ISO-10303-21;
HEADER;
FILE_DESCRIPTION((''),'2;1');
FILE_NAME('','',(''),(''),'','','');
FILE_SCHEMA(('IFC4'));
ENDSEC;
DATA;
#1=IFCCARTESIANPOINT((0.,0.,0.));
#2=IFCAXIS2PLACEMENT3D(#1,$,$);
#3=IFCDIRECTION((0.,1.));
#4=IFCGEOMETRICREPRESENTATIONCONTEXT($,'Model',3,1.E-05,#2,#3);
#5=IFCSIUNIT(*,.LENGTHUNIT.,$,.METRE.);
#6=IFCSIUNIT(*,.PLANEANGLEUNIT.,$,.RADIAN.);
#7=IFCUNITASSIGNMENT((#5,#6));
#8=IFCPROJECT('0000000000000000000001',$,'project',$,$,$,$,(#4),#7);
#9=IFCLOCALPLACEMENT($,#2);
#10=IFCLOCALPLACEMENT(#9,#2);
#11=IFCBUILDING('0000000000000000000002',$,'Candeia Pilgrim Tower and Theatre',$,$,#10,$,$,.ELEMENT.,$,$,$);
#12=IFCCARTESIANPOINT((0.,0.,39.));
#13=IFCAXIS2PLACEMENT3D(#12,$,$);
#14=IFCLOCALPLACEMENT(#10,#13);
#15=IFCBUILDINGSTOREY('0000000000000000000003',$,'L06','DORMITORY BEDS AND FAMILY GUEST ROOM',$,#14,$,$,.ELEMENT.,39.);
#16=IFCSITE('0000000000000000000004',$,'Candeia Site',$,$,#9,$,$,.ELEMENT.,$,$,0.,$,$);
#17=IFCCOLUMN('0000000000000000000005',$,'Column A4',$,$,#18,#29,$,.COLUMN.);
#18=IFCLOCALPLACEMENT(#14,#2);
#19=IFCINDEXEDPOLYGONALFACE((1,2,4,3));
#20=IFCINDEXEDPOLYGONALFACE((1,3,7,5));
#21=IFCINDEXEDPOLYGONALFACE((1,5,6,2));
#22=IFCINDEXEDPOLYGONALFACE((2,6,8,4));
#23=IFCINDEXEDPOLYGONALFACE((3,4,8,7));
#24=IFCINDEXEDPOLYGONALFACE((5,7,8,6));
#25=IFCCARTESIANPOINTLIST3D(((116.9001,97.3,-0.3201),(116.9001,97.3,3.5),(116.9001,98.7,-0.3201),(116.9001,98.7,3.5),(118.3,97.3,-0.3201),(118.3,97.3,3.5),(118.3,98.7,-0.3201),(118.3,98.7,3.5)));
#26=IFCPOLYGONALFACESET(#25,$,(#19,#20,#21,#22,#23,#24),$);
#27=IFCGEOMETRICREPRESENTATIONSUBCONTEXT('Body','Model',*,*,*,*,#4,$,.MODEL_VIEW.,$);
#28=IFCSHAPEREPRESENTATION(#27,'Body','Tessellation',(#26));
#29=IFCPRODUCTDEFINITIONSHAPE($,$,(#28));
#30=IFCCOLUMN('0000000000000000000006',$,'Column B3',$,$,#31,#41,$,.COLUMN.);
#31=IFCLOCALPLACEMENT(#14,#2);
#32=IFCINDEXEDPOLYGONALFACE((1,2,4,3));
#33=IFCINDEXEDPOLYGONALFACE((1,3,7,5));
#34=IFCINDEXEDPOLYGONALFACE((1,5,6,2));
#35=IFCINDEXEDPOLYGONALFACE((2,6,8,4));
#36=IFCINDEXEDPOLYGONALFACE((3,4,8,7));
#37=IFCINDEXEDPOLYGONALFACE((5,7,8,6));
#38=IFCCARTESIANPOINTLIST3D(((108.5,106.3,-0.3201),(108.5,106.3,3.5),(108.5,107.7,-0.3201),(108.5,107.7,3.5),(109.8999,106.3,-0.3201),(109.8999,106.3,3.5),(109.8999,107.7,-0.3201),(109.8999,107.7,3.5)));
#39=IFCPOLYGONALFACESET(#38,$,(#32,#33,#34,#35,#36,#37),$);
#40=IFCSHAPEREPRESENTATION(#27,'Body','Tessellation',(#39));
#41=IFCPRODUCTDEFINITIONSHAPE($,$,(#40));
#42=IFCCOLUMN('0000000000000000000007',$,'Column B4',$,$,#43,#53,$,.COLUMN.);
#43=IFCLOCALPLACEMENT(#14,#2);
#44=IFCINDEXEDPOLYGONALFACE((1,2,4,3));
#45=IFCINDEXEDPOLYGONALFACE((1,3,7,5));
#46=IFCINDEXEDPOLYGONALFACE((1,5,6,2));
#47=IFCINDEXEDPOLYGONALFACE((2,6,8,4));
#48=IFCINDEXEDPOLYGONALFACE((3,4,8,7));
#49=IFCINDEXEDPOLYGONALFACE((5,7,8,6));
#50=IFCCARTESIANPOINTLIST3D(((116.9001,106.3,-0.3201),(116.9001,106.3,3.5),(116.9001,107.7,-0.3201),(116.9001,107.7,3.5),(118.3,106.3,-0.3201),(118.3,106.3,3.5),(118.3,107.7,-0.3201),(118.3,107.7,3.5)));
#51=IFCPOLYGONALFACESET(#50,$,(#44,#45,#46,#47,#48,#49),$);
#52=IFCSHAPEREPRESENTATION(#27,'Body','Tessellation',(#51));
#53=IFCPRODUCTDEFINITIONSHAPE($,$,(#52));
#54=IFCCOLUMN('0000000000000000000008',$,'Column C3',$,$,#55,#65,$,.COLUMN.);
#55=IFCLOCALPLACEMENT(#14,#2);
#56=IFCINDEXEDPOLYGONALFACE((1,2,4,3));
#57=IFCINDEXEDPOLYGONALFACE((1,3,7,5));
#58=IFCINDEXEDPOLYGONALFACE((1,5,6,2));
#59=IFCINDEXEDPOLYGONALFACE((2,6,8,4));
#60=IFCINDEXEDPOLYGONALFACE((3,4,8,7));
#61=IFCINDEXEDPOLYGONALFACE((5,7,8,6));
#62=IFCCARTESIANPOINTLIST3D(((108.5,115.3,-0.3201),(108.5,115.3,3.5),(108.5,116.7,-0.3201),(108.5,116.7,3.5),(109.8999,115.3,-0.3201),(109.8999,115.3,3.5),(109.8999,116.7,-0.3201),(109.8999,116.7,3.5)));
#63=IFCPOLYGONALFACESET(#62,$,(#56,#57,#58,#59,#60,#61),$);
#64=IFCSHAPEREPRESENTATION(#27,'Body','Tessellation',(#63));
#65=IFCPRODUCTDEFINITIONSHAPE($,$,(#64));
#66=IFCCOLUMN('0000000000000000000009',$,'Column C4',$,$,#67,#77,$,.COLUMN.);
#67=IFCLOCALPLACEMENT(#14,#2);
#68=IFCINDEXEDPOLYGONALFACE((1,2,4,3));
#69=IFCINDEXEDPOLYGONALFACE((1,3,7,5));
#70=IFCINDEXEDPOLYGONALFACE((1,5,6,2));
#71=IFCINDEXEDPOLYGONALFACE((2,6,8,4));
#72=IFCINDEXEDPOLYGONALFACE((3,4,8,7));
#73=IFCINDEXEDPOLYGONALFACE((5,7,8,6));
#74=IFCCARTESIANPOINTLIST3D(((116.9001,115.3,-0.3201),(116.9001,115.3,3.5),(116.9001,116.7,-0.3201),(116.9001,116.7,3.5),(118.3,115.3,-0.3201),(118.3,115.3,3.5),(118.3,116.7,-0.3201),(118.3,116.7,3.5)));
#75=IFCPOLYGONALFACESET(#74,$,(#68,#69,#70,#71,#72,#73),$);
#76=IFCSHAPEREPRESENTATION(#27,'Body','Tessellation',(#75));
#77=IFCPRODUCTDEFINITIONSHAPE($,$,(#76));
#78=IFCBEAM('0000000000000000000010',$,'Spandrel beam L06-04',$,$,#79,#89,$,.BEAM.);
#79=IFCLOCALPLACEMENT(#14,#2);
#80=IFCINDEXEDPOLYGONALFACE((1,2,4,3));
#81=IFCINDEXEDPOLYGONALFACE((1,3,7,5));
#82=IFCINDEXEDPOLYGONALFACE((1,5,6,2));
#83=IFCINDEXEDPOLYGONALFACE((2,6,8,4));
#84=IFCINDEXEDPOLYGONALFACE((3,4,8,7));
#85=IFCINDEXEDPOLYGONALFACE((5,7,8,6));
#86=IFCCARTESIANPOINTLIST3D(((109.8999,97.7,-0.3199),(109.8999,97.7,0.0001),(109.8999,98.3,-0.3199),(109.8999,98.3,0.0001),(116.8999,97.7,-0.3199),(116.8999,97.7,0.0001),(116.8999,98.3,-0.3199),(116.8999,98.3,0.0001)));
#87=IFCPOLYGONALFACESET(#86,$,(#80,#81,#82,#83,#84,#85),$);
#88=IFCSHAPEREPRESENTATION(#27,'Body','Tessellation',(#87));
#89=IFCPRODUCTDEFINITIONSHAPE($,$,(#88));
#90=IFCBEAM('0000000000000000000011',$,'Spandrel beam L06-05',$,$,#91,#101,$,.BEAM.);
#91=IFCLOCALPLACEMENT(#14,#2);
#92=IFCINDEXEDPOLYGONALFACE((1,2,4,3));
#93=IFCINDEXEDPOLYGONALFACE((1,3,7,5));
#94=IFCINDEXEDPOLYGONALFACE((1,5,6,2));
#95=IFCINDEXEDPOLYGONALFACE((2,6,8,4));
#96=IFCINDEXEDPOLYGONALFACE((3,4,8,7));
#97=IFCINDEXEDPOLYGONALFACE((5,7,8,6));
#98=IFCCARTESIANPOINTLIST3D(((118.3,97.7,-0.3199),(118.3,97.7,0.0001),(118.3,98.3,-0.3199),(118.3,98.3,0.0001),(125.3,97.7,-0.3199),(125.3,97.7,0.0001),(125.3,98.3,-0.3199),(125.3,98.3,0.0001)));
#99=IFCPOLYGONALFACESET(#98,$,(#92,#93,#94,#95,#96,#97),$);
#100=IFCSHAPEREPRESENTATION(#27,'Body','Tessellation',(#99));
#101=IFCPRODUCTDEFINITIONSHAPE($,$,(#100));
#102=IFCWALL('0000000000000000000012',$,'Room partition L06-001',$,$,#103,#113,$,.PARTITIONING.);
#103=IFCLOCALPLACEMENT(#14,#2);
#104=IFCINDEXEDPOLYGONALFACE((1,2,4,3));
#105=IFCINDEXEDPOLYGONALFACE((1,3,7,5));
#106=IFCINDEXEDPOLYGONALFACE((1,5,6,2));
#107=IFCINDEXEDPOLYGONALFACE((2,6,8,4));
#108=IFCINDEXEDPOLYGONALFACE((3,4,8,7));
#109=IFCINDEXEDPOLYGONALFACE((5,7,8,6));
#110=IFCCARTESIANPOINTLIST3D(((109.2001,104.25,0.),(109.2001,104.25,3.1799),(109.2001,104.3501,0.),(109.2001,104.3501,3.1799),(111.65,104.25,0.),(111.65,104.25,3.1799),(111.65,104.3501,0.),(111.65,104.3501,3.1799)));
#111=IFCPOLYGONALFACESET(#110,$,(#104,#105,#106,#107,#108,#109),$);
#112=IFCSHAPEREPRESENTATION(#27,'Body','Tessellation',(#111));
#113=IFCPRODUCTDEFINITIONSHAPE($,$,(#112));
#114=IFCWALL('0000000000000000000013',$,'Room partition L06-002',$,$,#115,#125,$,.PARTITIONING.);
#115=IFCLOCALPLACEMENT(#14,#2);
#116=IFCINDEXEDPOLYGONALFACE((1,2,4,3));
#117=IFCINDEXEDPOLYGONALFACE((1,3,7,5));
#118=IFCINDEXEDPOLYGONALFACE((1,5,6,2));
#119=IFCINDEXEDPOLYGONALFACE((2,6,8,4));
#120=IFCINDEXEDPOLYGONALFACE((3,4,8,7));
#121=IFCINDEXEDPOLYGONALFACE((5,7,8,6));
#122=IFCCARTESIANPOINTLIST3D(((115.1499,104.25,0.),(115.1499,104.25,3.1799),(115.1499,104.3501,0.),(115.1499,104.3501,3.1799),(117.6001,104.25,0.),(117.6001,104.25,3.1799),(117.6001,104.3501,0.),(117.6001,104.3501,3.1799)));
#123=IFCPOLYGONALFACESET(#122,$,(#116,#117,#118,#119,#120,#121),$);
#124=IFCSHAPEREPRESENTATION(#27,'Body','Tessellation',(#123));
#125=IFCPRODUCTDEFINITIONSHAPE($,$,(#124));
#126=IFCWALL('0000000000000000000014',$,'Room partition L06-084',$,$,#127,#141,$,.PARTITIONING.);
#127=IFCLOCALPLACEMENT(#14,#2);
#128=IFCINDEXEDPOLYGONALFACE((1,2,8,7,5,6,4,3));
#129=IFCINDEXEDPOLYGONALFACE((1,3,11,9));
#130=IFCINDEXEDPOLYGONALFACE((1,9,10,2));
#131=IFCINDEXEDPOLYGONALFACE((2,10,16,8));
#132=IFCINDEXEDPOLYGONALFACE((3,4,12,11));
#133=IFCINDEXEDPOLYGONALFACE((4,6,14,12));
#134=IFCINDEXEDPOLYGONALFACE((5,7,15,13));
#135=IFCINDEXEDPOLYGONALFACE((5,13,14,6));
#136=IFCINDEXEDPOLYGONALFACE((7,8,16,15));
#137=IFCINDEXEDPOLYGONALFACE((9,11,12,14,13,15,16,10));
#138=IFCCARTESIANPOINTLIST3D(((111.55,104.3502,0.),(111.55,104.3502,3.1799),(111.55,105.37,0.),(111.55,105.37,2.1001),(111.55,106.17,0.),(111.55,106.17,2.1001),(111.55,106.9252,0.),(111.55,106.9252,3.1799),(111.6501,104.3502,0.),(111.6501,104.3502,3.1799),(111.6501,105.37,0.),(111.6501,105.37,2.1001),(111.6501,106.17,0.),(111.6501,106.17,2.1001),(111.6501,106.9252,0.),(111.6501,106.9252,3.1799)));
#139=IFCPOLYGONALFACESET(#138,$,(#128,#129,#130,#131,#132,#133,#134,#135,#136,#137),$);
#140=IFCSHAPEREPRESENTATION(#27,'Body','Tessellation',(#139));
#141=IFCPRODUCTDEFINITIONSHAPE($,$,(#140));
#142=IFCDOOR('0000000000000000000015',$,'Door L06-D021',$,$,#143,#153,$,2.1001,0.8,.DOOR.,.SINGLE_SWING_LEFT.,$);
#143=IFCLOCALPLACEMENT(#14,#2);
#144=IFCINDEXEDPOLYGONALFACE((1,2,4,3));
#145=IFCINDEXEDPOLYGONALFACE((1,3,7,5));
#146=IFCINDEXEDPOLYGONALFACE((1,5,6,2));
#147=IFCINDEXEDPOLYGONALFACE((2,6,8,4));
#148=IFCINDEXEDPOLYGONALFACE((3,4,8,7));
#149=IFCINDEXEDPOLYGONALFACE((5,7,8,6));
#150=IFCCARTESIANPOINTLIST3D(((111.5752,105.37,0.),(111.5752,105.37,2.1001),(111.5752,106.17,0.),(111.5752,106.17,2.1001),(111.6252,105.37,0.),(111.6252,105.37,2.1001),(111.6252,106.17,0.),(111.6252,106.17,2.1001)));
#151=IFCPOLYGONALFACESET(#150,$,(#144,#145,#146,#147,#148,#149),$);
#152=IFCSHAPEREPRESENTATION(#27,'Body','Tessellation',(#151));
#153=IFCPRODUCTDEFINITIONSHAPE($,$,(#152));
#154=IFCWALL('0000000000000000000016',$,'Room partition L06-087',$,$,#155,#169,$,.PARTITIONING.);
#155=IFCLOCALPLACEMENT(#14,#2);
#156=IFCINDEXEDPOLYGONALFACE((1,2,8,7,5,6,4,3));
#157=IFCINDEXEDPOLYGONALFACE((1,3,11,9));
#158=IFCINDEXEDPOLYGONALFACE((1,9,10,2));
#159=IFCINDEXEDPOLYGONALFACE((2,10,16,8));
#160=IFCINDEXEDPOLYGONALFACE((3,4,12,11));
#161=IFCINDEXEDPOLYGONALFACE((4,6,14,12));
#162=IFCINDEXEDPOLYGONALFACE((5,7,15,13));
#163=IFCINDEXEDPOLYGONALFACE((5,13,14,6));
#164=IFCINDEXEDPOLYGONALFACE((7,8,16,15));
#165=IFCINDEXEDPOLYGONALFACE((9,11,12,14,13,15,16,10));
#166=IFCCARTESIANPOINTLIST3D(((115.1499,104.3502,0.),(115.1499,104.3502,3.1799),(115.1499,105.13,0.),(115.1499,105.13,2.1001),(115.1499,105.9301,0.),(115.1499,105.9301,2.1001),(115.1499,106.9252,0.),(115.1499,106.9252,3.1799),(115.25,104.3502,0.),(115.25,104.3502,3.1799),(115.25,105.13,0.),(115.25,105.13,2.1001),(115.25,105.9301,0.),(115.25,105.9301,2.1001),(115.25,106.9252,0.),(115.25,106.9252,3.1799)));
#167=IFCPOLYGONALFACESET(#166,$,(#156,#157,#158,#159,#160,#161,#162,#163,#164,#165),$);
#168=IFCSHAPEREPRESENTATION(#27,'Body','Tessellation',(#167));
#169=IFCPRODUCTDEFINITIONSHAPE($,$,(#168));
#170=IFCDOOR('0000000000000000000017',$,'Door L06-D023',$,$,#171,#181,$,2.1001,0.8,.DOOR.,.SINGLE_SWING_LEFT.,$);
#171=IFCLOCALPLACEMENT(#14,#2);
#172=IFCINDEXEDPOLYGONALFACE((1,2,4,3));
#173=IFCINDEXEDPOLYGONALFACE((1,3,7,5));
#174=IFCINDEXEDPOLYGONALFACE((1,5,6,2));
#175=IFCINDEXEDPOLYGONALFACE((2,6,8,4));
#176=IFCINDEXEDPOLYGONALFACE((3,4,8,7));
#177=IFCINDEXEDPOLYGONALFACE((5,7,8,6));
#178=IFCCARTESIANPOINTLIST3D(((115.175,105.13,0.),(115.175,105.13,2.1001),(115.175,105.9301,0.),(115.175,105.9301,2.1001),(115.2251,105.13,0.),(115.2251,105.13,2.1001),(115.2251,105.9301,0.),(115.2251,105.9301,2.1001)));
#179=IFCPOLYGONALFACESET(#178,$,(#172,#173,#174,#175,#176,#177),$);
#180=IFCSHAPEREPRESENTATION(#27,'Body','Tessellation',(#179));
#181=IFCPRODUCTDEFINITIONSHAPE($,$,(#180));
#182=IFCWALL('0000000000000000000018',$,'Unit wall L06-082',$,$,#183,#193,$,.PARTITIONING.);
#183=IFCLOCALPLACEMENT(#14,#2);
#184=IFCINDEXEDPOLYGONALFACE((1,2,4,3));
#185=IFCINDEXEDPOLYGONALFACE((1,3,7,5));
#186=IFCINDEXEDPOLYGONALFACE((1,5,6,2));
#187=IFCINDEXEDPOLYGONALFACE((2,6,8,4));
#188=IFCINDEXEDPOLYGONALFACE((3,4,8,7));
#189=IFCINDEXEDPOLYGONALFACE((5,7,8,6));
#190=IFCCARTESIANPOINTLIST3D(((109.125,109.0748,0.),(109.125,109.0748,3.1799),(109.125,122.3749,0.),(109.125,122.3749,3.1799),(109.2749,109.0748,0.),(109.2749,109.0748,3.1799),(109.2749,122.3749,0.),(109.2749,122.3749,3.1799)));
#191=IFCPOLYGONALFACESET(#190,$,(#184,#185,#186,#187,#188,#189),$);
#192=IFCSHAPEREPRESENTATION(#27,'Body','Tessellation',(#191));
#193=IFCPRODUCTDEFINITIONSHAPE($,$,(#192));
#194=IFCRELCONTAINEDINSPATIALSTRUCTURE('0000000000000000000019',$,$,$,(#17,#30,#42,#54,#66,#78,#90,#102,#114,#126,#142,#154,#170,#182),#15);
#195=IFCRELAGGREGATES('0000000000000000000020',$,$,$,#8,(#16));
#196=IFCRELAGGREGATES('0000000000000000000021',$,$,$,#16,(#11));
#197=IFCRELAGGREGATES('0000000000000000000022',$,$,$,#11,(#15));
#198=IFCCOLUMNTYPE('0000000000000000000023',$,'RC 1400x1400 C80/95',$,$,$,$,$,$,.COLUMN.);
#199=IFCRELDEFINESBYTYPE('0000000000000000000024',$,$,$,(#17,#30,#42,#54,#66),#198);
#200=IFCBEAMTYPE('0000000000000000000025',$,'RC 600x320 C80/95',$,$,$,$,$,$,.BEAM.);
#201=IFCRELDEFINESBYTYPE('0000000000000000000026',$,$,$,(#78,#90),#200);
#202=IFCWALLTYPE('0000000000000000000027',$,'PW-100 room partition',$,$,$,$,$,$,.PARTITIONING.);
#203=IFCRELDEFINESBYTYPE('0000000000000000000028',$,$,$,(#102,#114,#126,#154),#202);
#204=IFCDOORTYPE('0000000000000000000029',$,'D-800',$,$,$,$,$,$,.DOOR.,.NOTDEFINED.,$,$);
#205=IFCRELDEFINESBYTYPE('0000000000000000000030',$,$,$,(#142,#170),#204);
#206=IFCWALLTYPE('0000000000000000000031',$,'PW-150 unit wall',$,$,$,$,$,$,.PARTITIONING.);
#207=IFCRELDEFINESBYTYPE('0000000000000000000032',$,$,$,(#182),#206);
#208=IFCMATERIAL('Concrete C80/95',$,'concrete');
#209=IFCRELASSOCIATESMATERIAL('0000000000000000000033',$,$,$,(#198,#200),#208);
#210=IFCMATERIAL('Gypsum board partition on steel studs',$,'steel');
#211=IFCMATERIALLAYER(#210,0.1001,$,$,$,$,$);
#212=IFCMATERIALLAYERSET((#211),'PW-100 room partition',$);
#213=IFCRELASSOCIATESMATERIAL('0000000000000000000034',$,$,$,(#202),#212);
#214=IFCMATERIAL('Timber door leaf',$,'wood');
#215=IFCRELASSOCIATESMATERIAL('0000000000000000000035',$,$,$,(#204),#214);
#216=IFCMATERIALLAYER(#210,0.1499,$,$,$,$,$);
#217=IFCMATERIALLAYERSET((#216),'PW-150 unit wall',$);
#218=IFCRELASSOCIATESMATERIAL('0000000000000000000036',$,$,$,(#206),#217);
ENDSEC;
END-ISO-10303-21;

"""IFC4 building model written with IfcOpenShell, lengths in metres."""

from ifc_helpers import new_model, si_unit, direction, frame, frame_2d, origin, origin_2d, place, context, subcontext, project, spatial, rectangle, extrude, material, layer, layer_set, material_profile, profile_set, type_object, element, fill, save


model = new_model("IFC4")

# Units and contexts
model_context = context("Model", 3, precision=1e-05, world=origin(), true_north=direction((0.0, 1.0)))
body_context = subcontext(model_context, "Body", "Model", "MODEL_VIEW")
ifc_project = project(units=[si_unit("LENGTHUNIT", "METRE"), si_unit("PLANEANGLEUNIT", "RADIAN")], contexts=[model_context])

# Site, building, storey
site_placement = place(None, origin())
site = spatial("IfcSite", under=ifc_project, at=site_placement, Name="Candeia Site", CompositionType="ELEMENT", RefElevation=0.0)
building_placement = place(site_placement, origin())
building = spatial("IfcBuilding", under=site, at=building_placement, Name="Candeia Pilgrim Tower and Theatre", CompositionType="ELEMENT")
storey_placement = place(building_placement, frame((0.0, 0.0, 39.0)))
storey = spatial("IfcBuildingStorey", under=building, at=storey_placement, Name="L06", Description="DORMITORY BEDS AND FAMILY GUEST ROOM", CompositionType="ELEMENT", Elevation=39.0)

# Columns
ifc_material_1 = material(Name="Concrete C80/95", Category="concrete")
ifc_material_profile_1 = material_profile(ifc_material_1, rectangle(XDim=1.3999, YDim=1.3999, at=origin_2d()))
ifc_profile_set_1 = profile_set([ifc_material_profile_1], Name="Concrete C80/95")
column_type = type_object("IfcColumnType", Name="RC 1400x1400 C80/95", PredefinedType="COLUMN", material=ifc_profile_set_1)
for number, where, z_axis, x_axis, name in (
    (1, (117.6001, 98.0, -0.3201), (0.0, 0.0, 1.0), (1.0, 0.0, 0.0), "Column A4"),
    (2, (109.2, 107.0, -0.3201), (0.0, 0.0, 1.0), (1.0, 0.0, 0.0), "Column B3"),
    (3, (117.6001, 107.0, -0.3201), (0.0, 0.0, 1.0), (1.0, 0.0, 0.0), "Column B4"),
    (4, (109.2, 116.0, -0.3201), (0.0, 0.0, 1.0), (1.0, 0.0, 0.0), "Column C3"),
    (5, (117.6001, 116.0, -0.3201), (0.0, 0.0, 1.0), (1.0, 0.0, 0.0), "Column C4"),
):
    element("IfcColumn", number, at=place(storey_placement, frame(where, z_axis=z_axis, x_axis=x_axis)), inside=storey, type_object=column_type, Name=name, PredefinedType="COLUMN", context=body_context, shape_type="SweptSolid", body=[
        extrude(rectangle(XDim=1.3999, YDim=1.3999, at=origin_2d()), origin(), (0.0, 0.0, 1.0), 3.8201),
    ])

# Beams
ifc_material_profile_2 = material_profile(ifc_material_1, rectangle(XDim=0.6001, YDim=0.3201, at=origin_2d()))
ifc_profile_set_2 = profile_set([ifc_material_profile_2], Name="Concrete C80/95")
beam_type = type_object("IfcBeamType", Name="RC 600x320 C80/95", PredefinedType="BEAM", material=ifc_profile_set_2)
for number, where, z_axis, x_axis, name in (
    (6, (109.8999, 98.0, -0.1599), (1.0, 0.0, 0.0), (0.0, 1.0, 0.0), "Spandrel beam L06-04"),
    (7, (118.3, 98.0, -0.1599), (1.0, 0.0, 0.0), (0.0, 1.0, 0.0), "Spandrel beam L06-05"),
):
    element("IfcBeam", number, at=place(storey_placement, frame(where, z_axis=z_axis, x_axis=x_axis)), inside=storey, type_object=beam_type, Name=name, PredefinedType="BEAM", context=body_context, shape_type="SweptSolid", body=[
        extrude(rectangle(XDim=0.6001, YDim=0.3201, at=origin_2d()), origin(), (0.0, 0.0, 1.0), 7.0),
    ])

# Walls
ifc_material_2 = material(Name="Gypsum board partition on steel studs", Category="steel")
ifc_layer_1 = layer(ifc_material_2, 0.1001)
ifc_layer_set_1 = layer_set([ifc_layer_1], Name="PW-100 room partition")
wall_type_1 = type_object("IfcWallType", Name="PW-100 room partition", PredefinedType="PARTITIONING", material=ifc_layer_set_1)
wall_1_placement = place(storey_placement, frame((109.2, 104.3, 0.0), z_axis=(0.0, 0.0, 1.0), x_axis=(1.0, 0.0, 0.0)))
element("IfcWall", 8, at=wall_1_placement, inside=storey, type_object=wall_type_1, Name="Room partition L06-001", PredefinedType="PARTITIONING", context=body_context, shape_type="SweptSolid", body=[
    extrude(rectangle(XDim=2.45, YDim=0.1001, at=frame_2d((1.2251, 0.0))), origin(), (0.0, 0.0, 1.0), 3.1799),
])
wall_2_placement = place(storey_placement, frame((115.1499, 104.3, 0.0), z_axis=(0.0, 0.0, 1.0), x_axis=(1.0, 0.0, 0.0)))
element("IfcWall", 9, at=wall_2_placement, inside=storey, type_object=wall_type_1, Name="Room partition L06-002", PredefinedType="PARTITIONING", context=body_context, shape_type="SweptSolid", body=[
    extrude(rectangle(XDim=2.4502, YDim=0.1001, at=frame_2d((1.2251, 0.0))), origin(), (0.0, 0.0, 1.0), 3.1799),
])

# Walls, openings, doors
wall_3_placement = place(storey_placement, frame((111.6001, 104.3501, 0.0), z_axis=(0.0, 0.0, 1.0), x_axis=(0.0, 1.0, 0.0)))
wall_3 = element("IfcWall", 10, at=wall_3_placement, inside=storey, type_object=wall_type_1, Name="Room partition L06-084", PredefinedType="PARTITIONING", context=body_context, shape_type="SweptSolid", body=[
    extrude(rectangle(XDim=2.575, YDim=0.1001, at=frame_2d((1.2876, 0.0))), origin(), (0.0, 0.0, 1.0), 3.1799),
])
opening_1_placement = place(wall_3_placement, frame((1.02, 0.0, 0.0)))
opening_1 = element("IfcOpeningElement", 11, at=opening_1_placement, cuts=wall_3, PredefinedType="OPENING", context=body_context, shape_type="SweptSolid", body=[
    extrude(rectangle(XDim=0.8, YDim=2.1001, at=frame_2d((0.3999, 1.05))), frame((0.0, 0.0601, 0.0), z_axis=(0.0, -1.0, 0.0), x_axis=(1.0, 0.0, 0.0)), (0.0, 0.0, 1.0), 0.1201),
])
ifc_material_3 = material(Name="Timber door leaf", Category="wood")
door_type_1 = type_object("IfcDoorType", Name="D-800", OperationType="NOTDEFINED", PredefinedType="DOOR", material=ifc_material_3)
door_1_placement = place(opening_1_placement, origin())
door_1 = element("IfcDoor", 12, at=door_1_placement, inside=storey, type_object=door_type_1, Name="Door L06-D021", OperationType="SINGLE_SWING_LEFT", OverallHeight=2.1001, OverallWidth=0.8, PredefinedType="DOOR", context=body_context, shape_type="SweptSolid", body=[
    extrude(rectangle(XDim=0.8, YDim=2.1001, at=frame_2d((0.3999, 1.05))), frame((0.0, 0.0249, 0.0), z_axis=(0.0, -1.0, 0.0), x_axis=(1.0, 0.0, 0.0)), (0.0, 0.0, 1.0), 0.05),
])
fill(opening_1, door_1)
wall_4_placement = place(storey_placement, frame((115.2, 104.3501, 0.0), z_axis=(0.0, 0.0, 1.0), x_axis=(0.0, 1.0, 0.0)))
wall_4 = element("IfcWall", 13, at=wall_4_placement, inside=storey, type_object=wall_type_1, Name="Room partition L06-087", PredefinedType="PARTITIONING", context=body_context, shape_type="SweptSolid", body=[
    extrude(rectangle(XDim=2.575, YDim=0.1001, at=frame_2d((1.2876, 0.0))), origin(), (0.0, 0.0, 1.0), 3.1799),
])
opening_2_placement = place(wall_4_placement, frame((0.78, 0.0, 0.0)))
opening_2 = element("IfcOpeningElement", 14, at=opening_2_placement, cuts=wall_4, PredefinedType="OPENING", context=body_context, shape_type="SweptSolid", body=[
    extrude(rectangle(XDim=0.8, YDim=2.1001, at=frame_2d((0.3999, 1.05))), frame((0.0, 0.0601, 0.0), z_axis=(0.0, -1.0, 0.0), x_axis=(1.0, 0.0, 0.0)), (0.0, 0.0, 1.0), 0.1201),
])
door_2_placement = place(opening_2_placement, origin())
door_2 = element("IfcDoor", 15, at=door_2_placement, inside=storey, type_object=door_type_1, Name="Door L06-D023", OperationType="SINGLE_SWING_LEFT", OverallHeight=2.1001, OverallWidth=0.8, PredefinedType="DOOR", context=body_context, shape_type="SweptSolid", body=[
    extrude(rectangle(XDim=0.8, YDim=2.1001, at=frame_2d((0.3999, 1.05))), frame((0.0, 0.0249, 0.0), z_axis=(0.0, -1.0, 0.0), x_axis=(1.0, 0.0, 0.0)), (0.0, 0.0, 1.0), 0.05),
])
fill(opening_2, door_2)

# Wall
ifc_layer_2 = layer(ifc_material_2, 0.1499)
ifc_layer_set_2 = layer_set([ifc_layer_2], Name="PW-150 unit wall")
wall_type_2 = type_object("IfcWallType", Name="PW-150 unit wall", PredefinedType="PARTITIONING", material=ifc_layer_set_2)
wall_5_placement = place(storey_placement, frame((109.2, 109.075, 0.0), z_axis=(0.0, 0.0, 1.0), x_axis=(0.0, 1.0, 0.0)))
element("IfcWall", 16, at=wall_5_placement, inside=storey, type_object=wall_type_2, Name="Unit wall L06-082", PredefinedType="PARTITIONING", context=body_context, shape_type="SweptSolid", body=[
    extrude(rectangle(XDim=13.3, YDim=0.1499, at=frame_2d((6.6499, 0.0))), origin(), (0.0, 0.0, 1.0), 3.1799),
])

save(model, "model.ifc")
